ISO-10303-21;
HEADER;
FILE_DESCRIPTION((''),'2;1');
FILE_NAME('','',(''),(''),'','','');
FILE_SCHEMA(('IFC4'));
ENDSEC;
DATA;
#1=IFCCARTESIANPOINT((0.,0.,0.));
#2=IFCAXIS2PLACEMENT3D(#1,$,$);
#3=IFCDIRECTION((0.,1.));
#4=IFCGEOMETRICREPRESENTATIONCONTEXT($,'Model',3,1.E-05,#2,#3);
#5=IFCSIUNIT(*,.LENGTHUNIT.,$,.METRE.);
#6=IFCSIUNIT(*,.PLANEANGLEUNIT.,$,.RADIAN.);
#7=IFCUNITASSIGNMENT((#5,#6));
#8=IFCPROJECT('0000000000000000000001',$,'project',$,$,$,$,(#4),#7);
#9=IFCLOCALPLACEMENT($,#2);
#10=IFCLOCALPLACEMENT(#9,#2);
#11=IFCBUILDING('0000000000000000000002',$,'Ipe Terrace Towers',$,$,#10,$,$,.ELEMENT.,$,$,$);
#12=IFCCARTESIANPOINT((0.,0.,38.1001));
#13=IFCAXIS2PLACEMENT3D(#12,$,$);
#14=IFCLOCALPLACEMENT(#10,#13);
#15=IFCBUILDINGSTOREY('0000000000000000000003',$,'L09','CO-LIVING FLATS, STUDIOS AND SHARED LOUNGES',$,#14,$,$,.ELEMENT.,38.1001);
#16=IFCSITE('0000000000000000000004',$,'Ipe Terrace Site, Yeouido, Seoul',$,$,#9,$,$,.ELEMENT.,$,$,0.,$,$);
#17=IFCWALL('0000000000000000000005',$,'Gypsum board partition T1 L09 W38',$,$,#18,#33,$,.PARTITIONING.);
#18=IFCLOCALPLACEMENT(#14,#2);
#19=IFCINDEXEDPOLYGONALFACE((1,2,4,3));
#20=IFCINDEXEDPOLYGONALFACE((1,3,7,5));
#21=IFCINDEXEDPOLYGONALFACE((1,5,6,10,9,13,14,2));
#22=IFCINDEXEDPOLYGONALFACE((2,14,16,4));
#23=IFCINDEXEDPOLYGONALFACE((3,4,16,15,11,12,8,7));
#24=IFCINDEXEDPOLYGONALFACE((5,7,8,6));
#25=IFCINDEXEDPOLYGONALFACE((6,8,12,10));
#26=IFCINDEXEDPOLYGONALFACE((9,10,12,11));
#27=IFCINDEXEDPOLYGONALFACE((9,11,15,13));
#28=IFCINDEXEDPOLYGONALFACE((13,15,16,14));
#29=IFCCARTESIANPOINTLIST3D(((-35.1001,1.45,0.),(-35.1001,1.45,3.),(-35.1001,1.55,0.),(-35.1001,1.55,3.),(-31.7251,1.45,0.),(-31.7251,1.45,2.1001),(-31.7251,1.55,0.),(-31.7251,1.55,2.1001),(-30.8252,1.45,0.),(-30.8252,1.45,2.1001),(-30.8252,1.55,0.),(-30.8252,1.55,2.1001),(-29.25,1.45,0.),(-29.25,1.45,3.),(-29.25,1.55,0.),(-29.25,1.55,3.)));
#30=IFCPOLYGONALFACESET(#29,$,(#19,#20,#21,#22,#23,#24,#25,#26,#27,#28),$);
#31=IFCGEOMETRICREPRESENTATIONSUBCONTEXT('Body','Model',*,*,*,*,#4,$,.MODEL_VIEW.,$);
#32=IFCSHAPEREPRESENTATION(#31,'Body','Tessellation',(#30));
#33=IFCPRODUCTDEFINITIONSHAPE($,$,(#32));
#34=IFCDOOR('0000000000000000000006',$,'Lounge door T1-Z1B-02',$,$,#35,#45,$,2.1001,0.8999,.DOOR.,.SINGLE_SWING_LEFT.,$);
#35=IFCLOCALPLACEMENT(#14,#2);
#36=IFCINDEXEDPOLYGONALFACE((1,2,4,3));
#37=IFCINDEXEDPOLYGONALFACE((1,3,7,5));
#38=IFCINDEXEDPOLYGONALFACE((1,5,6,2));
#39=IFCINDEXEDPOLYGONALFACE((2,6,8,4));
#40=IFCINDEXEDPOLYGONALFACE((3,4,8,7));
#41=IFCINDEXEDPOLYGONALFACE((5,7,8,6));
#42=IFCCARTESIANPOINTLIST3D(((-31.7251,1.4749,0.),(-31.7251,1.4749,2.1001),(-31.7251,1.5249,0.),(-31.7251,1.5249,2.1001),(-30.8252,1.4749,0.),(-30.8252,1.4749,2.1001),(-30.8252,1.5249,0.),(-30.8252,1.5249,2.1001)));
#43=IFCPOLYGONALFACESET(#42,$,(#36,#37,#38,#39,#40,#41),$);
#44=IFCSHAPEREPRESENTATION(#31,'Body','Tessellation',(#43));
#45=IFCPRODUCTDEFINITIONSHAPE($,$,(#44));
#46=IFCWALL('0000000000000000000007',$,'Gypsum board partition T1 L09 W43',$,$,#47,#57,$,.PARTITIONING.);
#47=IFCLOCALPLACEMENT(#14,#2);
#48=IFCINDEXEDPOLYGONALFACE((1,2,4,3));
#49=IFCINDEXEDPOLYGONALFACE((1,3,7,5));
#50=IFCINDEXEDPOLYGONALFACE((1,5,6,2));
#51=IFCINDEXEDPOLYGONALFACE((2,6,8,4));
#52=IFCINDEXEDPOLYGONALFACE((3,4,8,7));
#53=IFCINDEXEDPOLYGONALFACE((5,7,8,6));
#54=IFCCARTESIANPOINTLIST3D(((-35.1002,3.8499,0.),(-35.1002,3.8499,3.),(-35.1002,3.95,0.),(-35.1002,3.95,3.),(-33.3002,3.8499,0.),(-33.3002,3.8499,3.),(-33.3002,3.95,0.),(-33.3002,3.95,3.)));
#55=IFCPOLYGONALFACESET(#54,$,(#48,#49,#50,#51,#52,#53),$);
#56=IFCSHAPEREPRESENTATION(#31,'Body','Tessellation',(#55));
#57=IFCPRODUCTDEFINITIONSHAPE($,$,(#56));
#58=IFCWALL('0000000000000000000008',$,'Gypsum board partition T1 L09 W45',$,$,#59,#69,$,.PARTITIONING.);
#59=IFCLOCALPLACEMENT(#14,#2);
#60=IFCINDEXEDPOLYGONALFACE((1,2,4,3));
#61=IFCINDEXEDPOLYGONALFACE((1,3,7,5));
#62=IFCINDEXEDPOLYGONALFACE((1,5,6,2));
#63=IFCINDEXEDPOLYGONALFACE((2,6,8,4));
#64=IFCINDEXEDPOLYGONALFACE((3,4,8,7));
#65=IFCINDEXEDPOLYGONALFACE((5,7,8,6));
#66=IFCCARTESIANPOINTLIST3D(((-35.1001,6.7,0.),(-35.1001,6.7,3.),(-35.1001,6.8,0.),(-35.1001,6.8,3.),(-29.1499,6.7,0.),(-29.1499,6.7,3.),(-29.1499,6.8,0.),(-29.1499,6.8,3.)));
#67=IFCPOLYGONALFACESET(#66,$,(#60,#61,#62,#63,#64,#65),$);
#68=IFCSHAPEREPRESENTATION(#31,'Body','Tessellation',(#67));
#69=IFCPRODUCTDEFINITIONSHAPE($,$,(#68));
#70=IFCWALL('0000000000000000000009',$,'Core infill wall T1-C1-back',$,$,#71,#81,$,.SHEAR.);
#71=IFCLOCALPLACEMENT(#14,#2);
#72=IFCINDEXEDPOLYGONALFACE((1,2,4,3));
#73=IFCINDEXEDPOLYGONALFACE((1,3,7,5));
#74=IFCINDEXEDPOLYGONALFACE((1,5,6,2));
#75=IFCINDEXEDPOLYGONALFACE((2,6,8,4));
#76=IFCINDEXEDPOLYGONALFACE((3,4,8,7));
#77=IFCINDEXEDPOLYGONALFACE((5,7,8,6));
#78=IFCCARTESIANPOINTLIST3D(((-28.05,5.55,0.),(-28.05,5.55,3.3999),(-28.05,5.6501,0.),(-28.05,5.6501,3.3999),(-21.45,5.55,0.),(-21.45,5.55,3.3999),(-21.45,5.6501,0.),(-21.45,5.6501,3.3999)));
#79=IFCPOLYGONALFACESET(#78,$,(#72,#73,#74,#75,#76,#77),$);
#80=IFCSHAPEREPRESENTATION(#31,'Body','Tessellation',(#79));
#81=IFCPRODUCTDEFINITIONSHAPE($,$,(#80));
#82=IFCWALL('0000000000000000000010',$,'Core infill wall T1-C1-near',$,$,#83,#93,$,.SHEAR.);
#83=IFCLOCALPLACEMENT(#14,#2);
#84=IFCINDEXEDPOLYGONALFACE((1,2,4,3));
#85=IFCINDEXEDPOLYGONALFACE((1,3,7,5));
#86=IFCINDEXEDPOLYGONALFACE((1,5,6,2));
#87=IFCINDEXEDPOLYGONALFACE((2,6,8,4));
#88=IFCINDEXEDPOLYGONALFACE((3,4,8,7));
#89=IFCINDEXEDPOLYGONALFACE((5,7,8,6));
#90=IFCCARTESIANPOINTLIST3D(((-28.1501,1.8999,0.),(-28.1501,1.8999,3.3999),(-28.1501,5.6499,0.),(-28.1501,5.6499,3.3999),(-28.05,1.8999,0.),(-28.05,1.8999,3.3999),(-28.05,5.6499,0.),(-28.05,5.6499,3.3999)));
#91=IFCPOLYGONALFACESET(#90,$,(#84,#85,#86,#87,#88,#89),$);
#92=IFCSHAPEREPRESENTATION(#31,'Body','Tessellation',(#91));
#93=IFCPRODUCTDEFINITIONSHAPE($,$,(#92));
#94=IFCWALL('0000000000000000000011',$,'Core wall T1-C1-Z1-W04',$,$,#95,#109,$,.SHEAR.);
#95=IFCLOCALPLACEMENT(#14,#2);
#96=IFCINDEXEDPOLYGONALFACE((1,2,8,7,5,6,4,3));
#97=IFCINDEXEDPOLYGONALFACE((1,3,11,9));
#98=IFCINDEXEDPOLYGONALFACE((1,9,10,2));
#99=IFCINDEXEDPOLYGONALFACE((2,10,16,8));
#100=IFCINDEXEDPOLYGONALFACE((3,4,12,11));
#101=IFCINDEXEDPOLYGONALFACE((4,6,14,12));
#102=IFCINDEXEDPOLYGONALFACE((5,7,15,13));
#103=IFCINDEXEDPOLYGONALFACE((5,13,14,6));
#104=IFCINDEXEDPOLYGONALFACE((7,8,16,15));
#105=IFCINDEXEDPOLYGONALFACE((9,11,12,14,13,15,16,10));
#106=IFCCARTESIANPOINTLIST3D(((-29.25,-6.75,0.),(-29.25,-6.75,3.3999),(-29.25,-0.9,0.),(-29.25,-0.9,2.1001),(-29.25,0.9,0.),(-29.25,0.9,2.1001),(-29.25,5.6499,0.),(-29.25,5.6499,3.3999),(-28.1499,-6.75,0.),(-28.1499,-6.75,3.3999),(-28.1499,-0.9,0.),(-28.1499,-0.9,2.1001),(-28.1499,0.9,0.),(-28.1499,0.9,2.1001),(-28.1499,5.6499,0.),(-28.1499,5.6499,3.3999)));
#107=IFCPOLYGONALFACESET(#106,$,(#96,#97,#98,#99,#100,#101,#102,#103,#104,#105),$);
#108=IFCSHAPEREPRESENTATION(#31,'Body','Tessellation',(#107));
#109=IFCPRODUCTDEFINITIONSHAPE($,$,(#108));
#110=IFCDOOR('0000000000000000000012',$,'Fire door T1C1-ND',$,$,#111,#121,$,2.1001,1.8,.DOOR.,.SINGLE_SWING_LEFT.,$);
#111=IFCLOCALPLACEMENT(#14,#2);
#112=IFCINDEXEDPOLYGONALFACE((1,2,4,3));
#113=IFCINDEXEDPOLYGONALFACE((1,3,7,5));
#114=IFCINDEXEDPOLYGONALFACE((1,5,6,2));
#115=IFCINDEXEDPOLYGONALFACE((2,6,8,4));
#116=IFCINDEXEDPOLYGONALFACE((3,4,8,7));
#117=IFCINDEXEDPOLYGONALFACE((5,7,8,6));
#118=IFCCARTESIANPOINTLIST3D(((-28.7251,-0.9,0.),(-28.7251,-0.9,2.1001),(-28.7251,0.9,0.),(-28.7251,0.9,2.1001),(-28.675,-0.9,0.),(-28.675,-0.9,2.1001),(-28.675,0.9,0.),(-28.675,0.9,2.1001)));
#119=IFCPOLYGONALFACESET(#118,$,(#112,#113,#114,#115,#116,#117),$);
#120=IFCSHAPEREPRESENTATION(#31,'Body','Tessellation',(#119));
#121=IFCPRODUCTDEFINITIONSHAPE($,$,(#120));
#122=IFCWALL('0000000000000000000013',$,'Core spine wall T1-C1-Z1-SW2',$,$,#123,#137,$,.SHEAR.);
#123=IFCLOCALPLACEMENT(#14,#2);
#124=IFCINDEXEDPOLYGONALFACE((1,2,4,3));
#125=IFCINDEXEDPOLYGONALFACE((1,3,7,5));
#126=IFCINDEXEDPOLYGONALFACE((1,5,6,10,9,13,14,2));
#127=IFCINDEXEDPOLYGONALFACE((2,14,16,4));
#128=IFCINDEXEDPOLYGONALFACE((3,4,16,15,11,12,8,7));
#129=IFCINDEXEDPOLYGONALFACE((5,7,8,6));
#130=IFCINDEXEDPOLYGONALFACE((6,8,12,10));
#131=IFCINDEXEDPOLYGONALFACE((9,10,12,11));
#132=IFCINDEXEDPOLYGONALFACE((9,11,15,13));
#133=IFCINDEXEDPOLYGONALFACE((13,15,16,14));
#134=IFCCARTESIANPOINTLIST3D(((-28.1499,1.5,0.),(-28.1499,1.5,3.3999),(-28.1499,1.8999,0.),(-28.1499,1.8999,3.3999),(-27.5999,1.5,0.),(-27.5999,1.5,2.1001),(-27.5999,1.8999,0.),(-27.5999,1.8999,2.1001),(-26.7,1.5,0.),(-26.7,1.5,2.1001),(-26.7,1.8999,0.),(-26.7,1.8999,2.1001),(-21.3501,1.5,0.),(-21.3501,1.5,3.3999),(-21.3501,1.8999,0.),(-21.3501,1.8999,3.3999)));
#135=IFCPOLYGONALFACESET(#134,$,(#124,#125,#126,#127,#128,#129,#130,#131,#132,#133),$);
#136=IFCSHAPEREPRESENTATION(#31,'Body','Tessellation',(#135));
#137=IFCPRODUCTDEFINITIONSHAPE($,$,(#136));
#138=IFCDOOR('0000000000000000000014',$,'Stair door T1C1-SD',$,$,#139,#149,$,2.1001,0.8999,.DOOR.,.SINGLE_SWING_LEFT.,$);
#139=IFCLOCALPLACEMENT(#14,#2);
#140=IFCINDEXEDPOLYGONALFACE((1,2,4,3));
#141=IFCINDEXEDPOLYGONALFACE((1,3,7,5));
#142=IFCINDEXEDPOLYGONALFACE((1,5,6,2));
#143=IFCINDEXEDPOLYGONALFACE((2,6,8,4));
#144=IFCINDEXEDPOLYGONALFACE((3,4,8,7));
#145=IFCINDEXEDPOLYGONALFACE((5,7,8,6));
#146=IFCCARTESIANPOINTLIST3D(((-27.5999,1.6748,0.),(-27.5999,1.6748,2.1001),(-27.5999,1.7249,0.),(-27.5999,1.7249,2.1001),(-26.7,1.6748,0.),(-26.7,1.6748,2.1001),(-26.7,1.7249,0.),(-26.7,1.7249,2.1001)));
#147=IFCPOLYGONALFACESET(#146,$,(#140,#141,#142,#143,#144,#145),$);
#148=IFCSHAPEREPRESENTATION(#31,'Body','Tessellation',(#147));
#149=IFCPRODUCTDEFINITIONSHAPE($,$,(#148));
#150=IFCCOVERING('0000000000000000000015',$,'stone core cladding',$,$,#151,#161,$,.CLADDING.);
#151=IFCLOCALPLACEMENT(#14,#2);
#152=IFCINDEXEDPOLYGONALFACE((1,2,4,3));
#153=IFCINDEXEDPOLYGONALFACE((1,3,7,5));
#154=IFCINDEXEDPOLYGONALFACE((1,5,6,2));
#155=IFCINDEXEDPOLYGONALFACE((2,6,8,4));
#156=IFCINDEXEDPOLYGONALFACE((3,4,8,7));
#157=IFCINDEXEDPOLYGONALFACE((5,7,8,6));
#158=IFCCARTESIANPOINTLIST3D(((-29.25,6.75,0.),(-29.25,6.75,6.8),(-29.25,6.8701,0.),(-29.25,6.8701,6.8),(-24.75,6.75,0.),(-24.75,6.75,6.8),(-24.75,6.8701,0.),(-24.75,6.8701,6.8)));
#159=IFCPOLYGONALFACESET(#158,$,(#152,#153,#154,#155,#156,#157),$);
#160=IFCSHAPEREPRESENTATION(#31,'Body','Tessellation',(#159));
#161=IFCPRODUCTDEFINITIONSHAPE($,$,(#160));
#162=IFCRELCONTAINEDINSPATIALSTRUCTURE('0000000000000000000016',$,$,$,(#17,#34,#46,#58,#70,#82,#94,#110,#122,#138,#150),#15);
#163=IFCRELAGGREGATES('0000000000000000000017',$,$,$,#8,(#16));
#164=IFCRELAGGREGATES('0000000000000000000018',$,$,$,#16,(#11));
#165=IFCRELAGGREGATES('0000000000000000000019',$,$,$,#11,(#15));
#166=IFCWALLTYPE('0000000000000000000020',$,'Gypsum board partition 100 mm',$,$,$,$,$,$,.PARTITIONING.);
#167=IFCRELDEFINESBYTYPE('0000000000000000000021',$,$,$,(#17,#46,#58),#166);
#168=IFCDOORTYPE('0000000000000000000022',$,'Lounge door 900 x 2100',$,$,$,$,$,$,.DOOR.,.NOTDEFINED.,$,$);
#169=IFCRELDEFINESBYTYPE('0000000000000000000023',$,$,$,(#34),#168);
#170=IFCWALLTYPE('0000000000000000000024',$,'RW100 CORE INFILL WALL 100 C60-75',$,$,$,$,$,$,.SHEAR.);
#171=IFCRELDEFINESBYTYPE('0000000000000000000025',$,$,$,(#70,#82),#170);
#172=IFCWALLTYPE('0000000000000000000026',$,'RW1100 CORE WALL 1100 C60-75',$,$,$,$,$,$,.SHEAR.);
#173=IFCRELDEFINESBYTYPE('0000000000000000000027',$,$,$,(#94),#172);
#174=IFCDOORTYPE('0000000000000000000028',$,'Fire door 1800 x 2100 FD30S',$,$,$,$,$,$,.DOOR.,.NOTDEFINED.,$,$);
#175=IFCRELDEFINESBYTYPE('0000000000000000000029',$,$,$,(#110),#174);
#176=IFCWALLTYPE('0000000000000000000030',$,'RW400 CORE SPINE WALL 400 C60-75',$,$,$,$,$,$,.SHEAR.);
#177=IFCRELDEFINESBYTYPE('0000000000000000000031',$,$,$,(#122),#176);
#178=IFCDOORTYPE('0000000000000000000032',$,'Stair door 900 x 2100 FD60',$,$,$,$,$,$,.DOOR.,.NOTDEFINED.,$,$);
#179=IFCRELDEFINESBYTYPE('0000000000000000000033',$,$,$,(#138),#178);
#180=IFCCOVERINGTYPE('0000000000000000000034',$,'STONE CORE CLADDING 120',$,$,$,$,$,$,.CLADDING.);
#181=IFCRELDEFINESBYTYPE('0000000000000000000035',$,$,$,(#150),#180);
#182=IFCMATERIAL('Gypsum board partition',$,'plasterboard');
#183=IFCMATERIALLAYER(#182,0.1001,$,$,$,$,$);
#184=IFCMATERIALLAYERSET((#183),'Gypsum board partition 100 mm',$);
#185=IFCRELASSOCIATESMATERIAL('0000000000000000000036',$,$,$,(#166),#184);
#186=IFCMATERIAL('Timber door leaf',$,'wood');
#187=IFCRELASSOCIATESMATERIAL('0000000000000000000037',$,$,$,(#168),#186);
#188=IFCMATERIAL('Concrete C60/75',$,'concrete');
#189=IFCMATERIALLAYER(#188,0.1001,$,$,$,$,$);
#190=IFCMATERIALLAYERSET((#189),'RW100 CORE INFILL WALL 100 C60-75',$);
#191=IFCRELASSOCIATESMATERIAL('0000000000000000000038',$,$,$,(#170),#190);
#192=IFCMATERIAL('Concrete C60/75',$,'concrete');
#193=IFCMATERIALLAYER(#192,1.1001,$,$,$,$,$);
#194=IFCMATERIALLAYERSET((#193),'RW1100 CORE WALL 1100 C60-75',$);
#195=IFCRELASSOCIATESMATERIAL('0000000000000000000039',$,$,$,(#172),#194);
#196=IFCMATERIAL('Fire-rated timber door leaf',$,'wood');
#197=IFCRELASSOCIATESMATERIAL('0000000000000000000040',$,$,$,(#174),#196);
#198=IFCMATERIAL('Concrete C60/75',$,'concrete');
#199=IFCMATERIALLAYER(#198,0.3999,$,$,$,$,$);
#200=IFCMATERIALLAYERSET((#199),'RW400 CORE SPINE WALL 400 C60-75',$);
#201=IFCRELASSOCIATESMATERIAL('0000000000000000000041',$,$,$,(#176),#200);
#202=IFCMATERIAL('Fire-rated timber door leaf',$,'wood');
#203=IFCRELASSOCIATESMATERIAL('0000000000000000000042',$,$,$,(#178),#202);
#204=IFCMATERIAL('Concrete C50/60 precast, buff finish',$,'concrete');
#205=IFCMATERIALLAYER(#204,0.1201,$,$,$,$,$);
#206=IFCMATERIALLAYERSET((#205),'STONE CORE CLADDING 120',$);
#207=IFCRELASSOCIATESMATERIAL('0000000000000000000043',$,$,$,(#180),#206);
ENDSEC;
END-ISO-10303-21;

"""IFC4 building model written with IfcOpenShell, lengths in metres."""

from ifc_helpers import new_model, si_unit, direction, frame, frame_2d, origin, origin_2d, place, context, subcontext, project, spatial, rectangle, extrude, material, layer, layer_set, type_object, element, fill, save


model = new_model("IFC4")

# Units and contexts
model_context = context("Model", 3, precision=1e-05, world=origin(), true_north=direction((0.0, 1.0)))
body_context = subcontext(model_context, "Body", "Model", "MODEL_VIEW")
ifc_project = project(units=[si_unit("LENGTHUNIT", "METRE"), si_unit("PLANEANGLEUNIT", "RADIAN")], contexts=[model_context])

# Site, building, storey
site_placement = place(None, origin())
site = spatial("IfcSite", under=ifc_project, at=site_placement, Name="Ipe Terrace Site, Yeouido, Seoul", CompositionType="ELEMENT", RefElevation=0.0)
building_placement = place(site_placement, origin())
building = spatial("IfcBuilding", under=site, at=building_placement, Name="Ipe Terrace Towers", CompositionType="ELEMENT")
storey_placement = place(building_placement, frame((0.0, 0.0, 38.1001)))
storey = spatial("IfcBuildingStorey", under=building, at=storey_placement, Name="L09", Description="CO-LIVING FLATS, STUDIOS AND SHARED LOUNGES", CompositionType="ELEMENT", Elevation=38.1001)

# Shared definitions
ifc_material_1 = material(Name="Gypsum board partition", Category="plasterboard")
ifc_layer_1 = layer(ifc_material_1, 0.1001)
ifc_layer_set_1 = layer_set([ifc_layer_1], Name="Gypsum board partition 100 mm")
wall_type_1 = type_object("IfcWallType", Name="Gypsum board partition 100 mm", PredefinedType="PARTITIONING", material=ifc_layer_set_1)

# Wall, opening, door
wall_1_placement = place(storey_placement, frame((-35.1001, 1.5, 0.0), z_axis=(0.0, 0.0, 1.0), x_axis=(1.0, 0.0, 0.0)))
wall_1 = element("IfcWall", 1, at=wall_1_placement, inside=storey, type_object=wall_type_1, Name="Gypsum board partition T1 L09 W38", PredefinedType="PARTITIONING", context=body_context, shape_type="SweptSolid", body=[
    extrude(rectangle(XDim=5.8501, YDim=0.1001, at=frame_2d((2.925, 0.0))), origin(), (0.0, 0.0, 1.0), 3.0),
])
opening_1_placement = place(wall_1_placement, frame((3.375, 0.0, 0.0)))
opening_1 = element("IfcOpeningElement", 2, at=opening_1_placement, cuts=wall_1, PredefinedType="OPENING", context=body_context, shape_type="SweptSolid", body=[
    extrude(rectangle(XDim=0.8999, YDim=2.1001, at=frame_2d((0.45, 1.05))), frame((0.0, 0.0601, 0.0), z_axis=(0.0, -1.0, 0.0), x_axis=(1.0, 0.0, 0.0)), (0.0, 0.0, 1.0), 0.1201),
])
ifc_material_2 = material(Name="Timber door leaf", Category="wood")
door_type_1 = type_object("IfcDoorType", Name="Lounge door 900 x 2100", OperationType="NOTDEFINED", PredefinedType="DOOR", material=ifc_material_2)
door_1_placement = place(opening_1_placement, origin())
door_1 = element("IfcDoor", 3, at=door_1_placement, inside=storey, type_object=door_type_1, Name="Lounge door T1-Z1B-02", OperationType="SINGLE_SWING_LEFT", OverallHeight=2.1001, OverallWidth=0.8999, PredefinedType="DOOR", context=body_context, shape_type="SweptSolid", body=[
    extrude(rectangle(XDim=0.8999, YDim=2.1001, at=frame_2d((0.45, 1.05))), frame((0.0, 0.0249, 0.0), z_axis=(0.0, -1.0, 0.0), x_axis=(1.0, 0.0, 0.0)), (0.0, 0.0, 1.0), 0.05),
])
fill(opening_1, door_1)

# Walls
wall_2_placement = place(storey_placement, frame((-35.1001, 3.8999, 0.0), z_axis=(0.0, 0.0, 1.0), x_axis=(1.0, 0.0, 0.0)))
element("IfcWall", 4, at=wall_2_placement, inside=storey, type_object=wall_type_1, Name="Gypsum board partition T1 L09 W43", PredefinedType="PARTITIONING", context=body_context, shape_type="SweptSolid", body=[
    extrude(rectangle(XDim=1.8, YDim=0.1001, at=frame_2d((0.8999, 0.0))), origin(), (0.0, 0.0, 1.0), 3.0),
])
wall_3_placement = place(storey_placement, frame((-35.1001, 6.75, 0.0), z_axis=(0.0, 0.0, 1.0), x_axis=(1.0, 0.0, 0.0)))
element("IfcWall", 5, at=wall_3_placement, inside=storey, type_object=wall_type_1, Name="Gypsum board partition T1 L09 W45", PredefinedType="PARTITIONING", context=body_context, shape_type="SweptSolid", body=[
    extrude(rectangle(XDim=5.9502, YDim=0.1001, at=frame_2d((2.9751, 0.0))), origin(), (0.0, 0.0, 1.0), 3.0),
])
ifc_material_3 = material(Name="Concrete C60/75", Category="concrete")
ifc_layer_2 = layer(ifc_material_3, 0.1001)
ifc_layer_set_2 = layer_set([ifc_layer_2], Name="RW100 CORE INFILL WALL 100 C60-75")
wall_type_2 = type_object("IfcWallType", Name="RW100 CORE INFILL WALL 100 C60-75", PredefinedType="SHEAR", material=ifc_layer_set_2)
wall_4_placement = place(storey_placement, frame((-28.05, 5.6001, 0.0), z_axis=(0.0, 0.0, 1.0), x_axis=(1.0, 0.0, 0.0)))
element("IfcWall", 6, at=wall_4_placement, inside=storey, type_object=wall_type_2, Name="Core infill wall T1-C1-back", PredefinedType="SHEAR", context=body_context, shape_type="SweptSolid", body=[
    extrude(rectangle(XDim=6.6001, YDim=0.1001, at=frame_2d((3.3, 0.0))), origin(), (0.0, 0.0, 1.0), 3.3999),
])
wall_5_placement = place(storey_placement, frame((-28.1001, 1.8999, 0.0), z_axis=(0.0, 0.0, 1.0), x_axis=(0.0, 1.0, 0.0)))
element("IfcWall", 7, at=wall_5_placement, inside=storey, type_object=wall_type_2, Name="Core infill wall T1-C1-near", PredefinedType="SHEAR", context=body_context, shape_type="SweptSolid", body=[
    extrude(rectangle(XDim=3.75, YDim=0.1001, at=frame_2d((1.875, 0.0))), origin(), (0.0, 0.0, 1.0), 3.3999),
])

# Walls, openings, doors
ifc_material_4 = material(Name="Concrete C60/75", Category="concrete")
ifc_layer_3 = layer(ifc_material_4, 1.1001)
ifc_layer_set_3 = layer_set([ifc_layer_3], Name="RW1100 CORE WALL 1100 C60-75")
wall_type_3 = type_object("IfcWallType", Name="RW1100 CORE WALL 1100 C60-75", PredefinedType="SHEAR", material=ifc_layer_set_3)
wall_6_placement = place(storey_placement, frame((-28.7, 5.6499, 0.0), z_axis=(0.0, 0.0, 1.0), x_axis=(0.0, -1.0, 0.0)))
wall_6 = element("IfcWall", 8, at=wall_6_placement, inside=storey, type_object=wall_type_3, Name="Core wall T1-C1-Z1-W04", PredefinedType="SHEAR", context=body_context, shape_type="SweptSolid", body=[
    extrude(rectangle(XDim=12.3999, YDim=1.1001, at=frame_2d((6.2, 0.0))), origin(), (0.0, 0.0, 1.0), 3.3999),
])
opening_2_placement = place(wall_6_placement, frame((4.75, 0.0, 0.0)))
opening_2 = element("IfcOpeningElement", 9, at=opening_2_placement, cuts=wall_6, PredefinedType="OPENING", context=body_context, shape_type="SweptSolid", body=[
    extrude(rectangle(XDim=1.8, YDim=2.1001, at=frame_2d((0.8999, 1.05))), frame((0.0, 0.5601, 0.0), z_axis=(0.0, -1.0, 0.0), x_axis=(1.0, 0.0, 0.0)), (0.0, 0.0, 1.0), 1.1201),
])
ifc_material_5 = material(Name="Fire-rated timber door leaf", Category="wood")
door_type_2 = type_object("IfcDoorType", Name="Fire door 1800 x 2100 FD30S", OperationType="NOTDEFINED", PredefinedType="DOOR", material=ifc_material_5)
door_2_placement = place(opening_2_placement, origin())
door_2 = element("IfcDoor", 10, at=door_2_placement, inside=storey, type_object=door_type_2, Name="Fire door T1C1-ND", OperationType="SINGLE_SWING_LEFT", OverallHeight=2.1001, OverallWidth=1.8, PredefinedType="DOOR", context=body_context, shape_type="SweptSolid", body=[
    extrude(rectangle(XDim=1.8, YDim=2.1001, at=frame_2d((0.8999, 1.05))), frame((0.0, 0.0249, 0.0), z_axis=(0.0, -1.0, 0.0), x_axis=(1.0, 0.0, 0.0)), (0.0, 0.0, 1.0), 0.05),
])
fill(opening_2, door_2)
ifc_material_6 = material(Name="Concrete C60/75", Category="concrete")
ifc_layer_4 = layer(ifc_material_6, 0.3999)
ifc_layer_set_4 = layer_set([ifc_layer_4], Name="RW400 CORE SPINE WALL 400 C60-75")
wall_type_4 = type_object("IfcWallType", Name="RW400 CORE SPINE WALL 400 C60-75", PredefinedType="SHEAR", material=ifc_layer_set_4)
wall_7_placement = place(storey_placement, frame((-28.1499, 1.7, 0.0), z_axis=(0.0, 0.0, 1.0), x_axis=(1.0, 0.0, 0.0)))
wall_7 = element("IfcWall", 11, at=wall_7_placement, inside=storey, type_object=wall_type_4, Name="Core spine wall T1-C1-Z1-SW2", PredefinedType="SHEAR", context=body_context, shape_type="SweptSolid", body=[
    extrude(rectangle(XDim=6.7998, YDim=0.3999, at=frame_2d((3.3999, 0.0))), origin(), (0.0, 0.0, 1.0), 3.3999),
])
opening_3_placement = place(wall_7_placement, frame((0.55, 0.0, 0.0)))
opening_3 = element("IfcOpeningElement", 12, at=opening_3_placement, cuts=wall_7, PredefinedType="OPENING", context=body_context, shape_type="SweptSolid", body=[
    extrude(rectangle(XDim=0.8999, YDim=2.1001, at=frame_2d((0.45, 1.05))), frame((0.0, 0.21, 0.0), z_axis=(0.0, -1.0, 0.0), x_axis=(1.0, 0.0, 0.0)), (0.0, 0.0, 1.0), 0.4199),
])
ifc_material_7 = material(Name="Fire-rated timber door leaf", Category="wood")
door_type_3 = type_object("IfcDoorType", Name="Stair door 900 x 2100 FD60", OperationType="NOTDEFINED", PredefinedType="DOOR", material=ifc_material_7)
door_3_placement = place(opening_3_placement, origin())
door_3 = element("IfcDoor", 13, at=door_3_placement, inside=storey, type_object=door_type_3, Name="Stair door T1C1-SD", OperationType="SINGLE_SWING_LEFT", OverallHeight=2.1001, OverallWidth=0.8999, PredefinedType="DOOR", context=body_context, shape_type="SweptSolid", body=[
    extrude(rectangle(XDim=0.8999, YDim=2.1001, at=frame_2d((0.45, 1.05))), frame((0.0, 0.0249, 0.0), z_axis=(0.0, -1.0, 0.0), x_axis=(1.0, 0.0, 0.0)), (0.0, 0.0, 1.0), 0.05),
])
fill(opening_3, door_3)

# Covering
ifc_material_8 = material(Name="Concrete C50/60 precast, buff finish", Category="concrete")
ifc_layer_5 = layer(ifc_material_8, 0.1201)
ifc_layer_set_5 = layer_set([ifc_layer_5], Name="STONE CORE CLADDING 120")
covering_type = type_object("IfcCoveringType", Name="STONE CORE CLADDING 120", PredefinedType="CLADDING", material=ifc_layer_set_5)
covering_placement = place(storey_placement, frame((-27.0, 6.8101, 0.0), z_axis=(0.0, 0.0, 1.0), x_axis=(-1.0, 0.0, 0.0)))
element("IfcCovering", 14, at=covering_placement, inside=storey, type_object=covering_type, Name="stone core cladding", PredefinedType="CLADDING", context=body_context, shape_type="SweptSolid", body=[
    extrude(rectangle(XDim=4.5, YDim=0.1201, at=origin_2d()), origin(), (0.0, 0.0, 1.0), 6.8),
])

save(model, "model.ifc")
